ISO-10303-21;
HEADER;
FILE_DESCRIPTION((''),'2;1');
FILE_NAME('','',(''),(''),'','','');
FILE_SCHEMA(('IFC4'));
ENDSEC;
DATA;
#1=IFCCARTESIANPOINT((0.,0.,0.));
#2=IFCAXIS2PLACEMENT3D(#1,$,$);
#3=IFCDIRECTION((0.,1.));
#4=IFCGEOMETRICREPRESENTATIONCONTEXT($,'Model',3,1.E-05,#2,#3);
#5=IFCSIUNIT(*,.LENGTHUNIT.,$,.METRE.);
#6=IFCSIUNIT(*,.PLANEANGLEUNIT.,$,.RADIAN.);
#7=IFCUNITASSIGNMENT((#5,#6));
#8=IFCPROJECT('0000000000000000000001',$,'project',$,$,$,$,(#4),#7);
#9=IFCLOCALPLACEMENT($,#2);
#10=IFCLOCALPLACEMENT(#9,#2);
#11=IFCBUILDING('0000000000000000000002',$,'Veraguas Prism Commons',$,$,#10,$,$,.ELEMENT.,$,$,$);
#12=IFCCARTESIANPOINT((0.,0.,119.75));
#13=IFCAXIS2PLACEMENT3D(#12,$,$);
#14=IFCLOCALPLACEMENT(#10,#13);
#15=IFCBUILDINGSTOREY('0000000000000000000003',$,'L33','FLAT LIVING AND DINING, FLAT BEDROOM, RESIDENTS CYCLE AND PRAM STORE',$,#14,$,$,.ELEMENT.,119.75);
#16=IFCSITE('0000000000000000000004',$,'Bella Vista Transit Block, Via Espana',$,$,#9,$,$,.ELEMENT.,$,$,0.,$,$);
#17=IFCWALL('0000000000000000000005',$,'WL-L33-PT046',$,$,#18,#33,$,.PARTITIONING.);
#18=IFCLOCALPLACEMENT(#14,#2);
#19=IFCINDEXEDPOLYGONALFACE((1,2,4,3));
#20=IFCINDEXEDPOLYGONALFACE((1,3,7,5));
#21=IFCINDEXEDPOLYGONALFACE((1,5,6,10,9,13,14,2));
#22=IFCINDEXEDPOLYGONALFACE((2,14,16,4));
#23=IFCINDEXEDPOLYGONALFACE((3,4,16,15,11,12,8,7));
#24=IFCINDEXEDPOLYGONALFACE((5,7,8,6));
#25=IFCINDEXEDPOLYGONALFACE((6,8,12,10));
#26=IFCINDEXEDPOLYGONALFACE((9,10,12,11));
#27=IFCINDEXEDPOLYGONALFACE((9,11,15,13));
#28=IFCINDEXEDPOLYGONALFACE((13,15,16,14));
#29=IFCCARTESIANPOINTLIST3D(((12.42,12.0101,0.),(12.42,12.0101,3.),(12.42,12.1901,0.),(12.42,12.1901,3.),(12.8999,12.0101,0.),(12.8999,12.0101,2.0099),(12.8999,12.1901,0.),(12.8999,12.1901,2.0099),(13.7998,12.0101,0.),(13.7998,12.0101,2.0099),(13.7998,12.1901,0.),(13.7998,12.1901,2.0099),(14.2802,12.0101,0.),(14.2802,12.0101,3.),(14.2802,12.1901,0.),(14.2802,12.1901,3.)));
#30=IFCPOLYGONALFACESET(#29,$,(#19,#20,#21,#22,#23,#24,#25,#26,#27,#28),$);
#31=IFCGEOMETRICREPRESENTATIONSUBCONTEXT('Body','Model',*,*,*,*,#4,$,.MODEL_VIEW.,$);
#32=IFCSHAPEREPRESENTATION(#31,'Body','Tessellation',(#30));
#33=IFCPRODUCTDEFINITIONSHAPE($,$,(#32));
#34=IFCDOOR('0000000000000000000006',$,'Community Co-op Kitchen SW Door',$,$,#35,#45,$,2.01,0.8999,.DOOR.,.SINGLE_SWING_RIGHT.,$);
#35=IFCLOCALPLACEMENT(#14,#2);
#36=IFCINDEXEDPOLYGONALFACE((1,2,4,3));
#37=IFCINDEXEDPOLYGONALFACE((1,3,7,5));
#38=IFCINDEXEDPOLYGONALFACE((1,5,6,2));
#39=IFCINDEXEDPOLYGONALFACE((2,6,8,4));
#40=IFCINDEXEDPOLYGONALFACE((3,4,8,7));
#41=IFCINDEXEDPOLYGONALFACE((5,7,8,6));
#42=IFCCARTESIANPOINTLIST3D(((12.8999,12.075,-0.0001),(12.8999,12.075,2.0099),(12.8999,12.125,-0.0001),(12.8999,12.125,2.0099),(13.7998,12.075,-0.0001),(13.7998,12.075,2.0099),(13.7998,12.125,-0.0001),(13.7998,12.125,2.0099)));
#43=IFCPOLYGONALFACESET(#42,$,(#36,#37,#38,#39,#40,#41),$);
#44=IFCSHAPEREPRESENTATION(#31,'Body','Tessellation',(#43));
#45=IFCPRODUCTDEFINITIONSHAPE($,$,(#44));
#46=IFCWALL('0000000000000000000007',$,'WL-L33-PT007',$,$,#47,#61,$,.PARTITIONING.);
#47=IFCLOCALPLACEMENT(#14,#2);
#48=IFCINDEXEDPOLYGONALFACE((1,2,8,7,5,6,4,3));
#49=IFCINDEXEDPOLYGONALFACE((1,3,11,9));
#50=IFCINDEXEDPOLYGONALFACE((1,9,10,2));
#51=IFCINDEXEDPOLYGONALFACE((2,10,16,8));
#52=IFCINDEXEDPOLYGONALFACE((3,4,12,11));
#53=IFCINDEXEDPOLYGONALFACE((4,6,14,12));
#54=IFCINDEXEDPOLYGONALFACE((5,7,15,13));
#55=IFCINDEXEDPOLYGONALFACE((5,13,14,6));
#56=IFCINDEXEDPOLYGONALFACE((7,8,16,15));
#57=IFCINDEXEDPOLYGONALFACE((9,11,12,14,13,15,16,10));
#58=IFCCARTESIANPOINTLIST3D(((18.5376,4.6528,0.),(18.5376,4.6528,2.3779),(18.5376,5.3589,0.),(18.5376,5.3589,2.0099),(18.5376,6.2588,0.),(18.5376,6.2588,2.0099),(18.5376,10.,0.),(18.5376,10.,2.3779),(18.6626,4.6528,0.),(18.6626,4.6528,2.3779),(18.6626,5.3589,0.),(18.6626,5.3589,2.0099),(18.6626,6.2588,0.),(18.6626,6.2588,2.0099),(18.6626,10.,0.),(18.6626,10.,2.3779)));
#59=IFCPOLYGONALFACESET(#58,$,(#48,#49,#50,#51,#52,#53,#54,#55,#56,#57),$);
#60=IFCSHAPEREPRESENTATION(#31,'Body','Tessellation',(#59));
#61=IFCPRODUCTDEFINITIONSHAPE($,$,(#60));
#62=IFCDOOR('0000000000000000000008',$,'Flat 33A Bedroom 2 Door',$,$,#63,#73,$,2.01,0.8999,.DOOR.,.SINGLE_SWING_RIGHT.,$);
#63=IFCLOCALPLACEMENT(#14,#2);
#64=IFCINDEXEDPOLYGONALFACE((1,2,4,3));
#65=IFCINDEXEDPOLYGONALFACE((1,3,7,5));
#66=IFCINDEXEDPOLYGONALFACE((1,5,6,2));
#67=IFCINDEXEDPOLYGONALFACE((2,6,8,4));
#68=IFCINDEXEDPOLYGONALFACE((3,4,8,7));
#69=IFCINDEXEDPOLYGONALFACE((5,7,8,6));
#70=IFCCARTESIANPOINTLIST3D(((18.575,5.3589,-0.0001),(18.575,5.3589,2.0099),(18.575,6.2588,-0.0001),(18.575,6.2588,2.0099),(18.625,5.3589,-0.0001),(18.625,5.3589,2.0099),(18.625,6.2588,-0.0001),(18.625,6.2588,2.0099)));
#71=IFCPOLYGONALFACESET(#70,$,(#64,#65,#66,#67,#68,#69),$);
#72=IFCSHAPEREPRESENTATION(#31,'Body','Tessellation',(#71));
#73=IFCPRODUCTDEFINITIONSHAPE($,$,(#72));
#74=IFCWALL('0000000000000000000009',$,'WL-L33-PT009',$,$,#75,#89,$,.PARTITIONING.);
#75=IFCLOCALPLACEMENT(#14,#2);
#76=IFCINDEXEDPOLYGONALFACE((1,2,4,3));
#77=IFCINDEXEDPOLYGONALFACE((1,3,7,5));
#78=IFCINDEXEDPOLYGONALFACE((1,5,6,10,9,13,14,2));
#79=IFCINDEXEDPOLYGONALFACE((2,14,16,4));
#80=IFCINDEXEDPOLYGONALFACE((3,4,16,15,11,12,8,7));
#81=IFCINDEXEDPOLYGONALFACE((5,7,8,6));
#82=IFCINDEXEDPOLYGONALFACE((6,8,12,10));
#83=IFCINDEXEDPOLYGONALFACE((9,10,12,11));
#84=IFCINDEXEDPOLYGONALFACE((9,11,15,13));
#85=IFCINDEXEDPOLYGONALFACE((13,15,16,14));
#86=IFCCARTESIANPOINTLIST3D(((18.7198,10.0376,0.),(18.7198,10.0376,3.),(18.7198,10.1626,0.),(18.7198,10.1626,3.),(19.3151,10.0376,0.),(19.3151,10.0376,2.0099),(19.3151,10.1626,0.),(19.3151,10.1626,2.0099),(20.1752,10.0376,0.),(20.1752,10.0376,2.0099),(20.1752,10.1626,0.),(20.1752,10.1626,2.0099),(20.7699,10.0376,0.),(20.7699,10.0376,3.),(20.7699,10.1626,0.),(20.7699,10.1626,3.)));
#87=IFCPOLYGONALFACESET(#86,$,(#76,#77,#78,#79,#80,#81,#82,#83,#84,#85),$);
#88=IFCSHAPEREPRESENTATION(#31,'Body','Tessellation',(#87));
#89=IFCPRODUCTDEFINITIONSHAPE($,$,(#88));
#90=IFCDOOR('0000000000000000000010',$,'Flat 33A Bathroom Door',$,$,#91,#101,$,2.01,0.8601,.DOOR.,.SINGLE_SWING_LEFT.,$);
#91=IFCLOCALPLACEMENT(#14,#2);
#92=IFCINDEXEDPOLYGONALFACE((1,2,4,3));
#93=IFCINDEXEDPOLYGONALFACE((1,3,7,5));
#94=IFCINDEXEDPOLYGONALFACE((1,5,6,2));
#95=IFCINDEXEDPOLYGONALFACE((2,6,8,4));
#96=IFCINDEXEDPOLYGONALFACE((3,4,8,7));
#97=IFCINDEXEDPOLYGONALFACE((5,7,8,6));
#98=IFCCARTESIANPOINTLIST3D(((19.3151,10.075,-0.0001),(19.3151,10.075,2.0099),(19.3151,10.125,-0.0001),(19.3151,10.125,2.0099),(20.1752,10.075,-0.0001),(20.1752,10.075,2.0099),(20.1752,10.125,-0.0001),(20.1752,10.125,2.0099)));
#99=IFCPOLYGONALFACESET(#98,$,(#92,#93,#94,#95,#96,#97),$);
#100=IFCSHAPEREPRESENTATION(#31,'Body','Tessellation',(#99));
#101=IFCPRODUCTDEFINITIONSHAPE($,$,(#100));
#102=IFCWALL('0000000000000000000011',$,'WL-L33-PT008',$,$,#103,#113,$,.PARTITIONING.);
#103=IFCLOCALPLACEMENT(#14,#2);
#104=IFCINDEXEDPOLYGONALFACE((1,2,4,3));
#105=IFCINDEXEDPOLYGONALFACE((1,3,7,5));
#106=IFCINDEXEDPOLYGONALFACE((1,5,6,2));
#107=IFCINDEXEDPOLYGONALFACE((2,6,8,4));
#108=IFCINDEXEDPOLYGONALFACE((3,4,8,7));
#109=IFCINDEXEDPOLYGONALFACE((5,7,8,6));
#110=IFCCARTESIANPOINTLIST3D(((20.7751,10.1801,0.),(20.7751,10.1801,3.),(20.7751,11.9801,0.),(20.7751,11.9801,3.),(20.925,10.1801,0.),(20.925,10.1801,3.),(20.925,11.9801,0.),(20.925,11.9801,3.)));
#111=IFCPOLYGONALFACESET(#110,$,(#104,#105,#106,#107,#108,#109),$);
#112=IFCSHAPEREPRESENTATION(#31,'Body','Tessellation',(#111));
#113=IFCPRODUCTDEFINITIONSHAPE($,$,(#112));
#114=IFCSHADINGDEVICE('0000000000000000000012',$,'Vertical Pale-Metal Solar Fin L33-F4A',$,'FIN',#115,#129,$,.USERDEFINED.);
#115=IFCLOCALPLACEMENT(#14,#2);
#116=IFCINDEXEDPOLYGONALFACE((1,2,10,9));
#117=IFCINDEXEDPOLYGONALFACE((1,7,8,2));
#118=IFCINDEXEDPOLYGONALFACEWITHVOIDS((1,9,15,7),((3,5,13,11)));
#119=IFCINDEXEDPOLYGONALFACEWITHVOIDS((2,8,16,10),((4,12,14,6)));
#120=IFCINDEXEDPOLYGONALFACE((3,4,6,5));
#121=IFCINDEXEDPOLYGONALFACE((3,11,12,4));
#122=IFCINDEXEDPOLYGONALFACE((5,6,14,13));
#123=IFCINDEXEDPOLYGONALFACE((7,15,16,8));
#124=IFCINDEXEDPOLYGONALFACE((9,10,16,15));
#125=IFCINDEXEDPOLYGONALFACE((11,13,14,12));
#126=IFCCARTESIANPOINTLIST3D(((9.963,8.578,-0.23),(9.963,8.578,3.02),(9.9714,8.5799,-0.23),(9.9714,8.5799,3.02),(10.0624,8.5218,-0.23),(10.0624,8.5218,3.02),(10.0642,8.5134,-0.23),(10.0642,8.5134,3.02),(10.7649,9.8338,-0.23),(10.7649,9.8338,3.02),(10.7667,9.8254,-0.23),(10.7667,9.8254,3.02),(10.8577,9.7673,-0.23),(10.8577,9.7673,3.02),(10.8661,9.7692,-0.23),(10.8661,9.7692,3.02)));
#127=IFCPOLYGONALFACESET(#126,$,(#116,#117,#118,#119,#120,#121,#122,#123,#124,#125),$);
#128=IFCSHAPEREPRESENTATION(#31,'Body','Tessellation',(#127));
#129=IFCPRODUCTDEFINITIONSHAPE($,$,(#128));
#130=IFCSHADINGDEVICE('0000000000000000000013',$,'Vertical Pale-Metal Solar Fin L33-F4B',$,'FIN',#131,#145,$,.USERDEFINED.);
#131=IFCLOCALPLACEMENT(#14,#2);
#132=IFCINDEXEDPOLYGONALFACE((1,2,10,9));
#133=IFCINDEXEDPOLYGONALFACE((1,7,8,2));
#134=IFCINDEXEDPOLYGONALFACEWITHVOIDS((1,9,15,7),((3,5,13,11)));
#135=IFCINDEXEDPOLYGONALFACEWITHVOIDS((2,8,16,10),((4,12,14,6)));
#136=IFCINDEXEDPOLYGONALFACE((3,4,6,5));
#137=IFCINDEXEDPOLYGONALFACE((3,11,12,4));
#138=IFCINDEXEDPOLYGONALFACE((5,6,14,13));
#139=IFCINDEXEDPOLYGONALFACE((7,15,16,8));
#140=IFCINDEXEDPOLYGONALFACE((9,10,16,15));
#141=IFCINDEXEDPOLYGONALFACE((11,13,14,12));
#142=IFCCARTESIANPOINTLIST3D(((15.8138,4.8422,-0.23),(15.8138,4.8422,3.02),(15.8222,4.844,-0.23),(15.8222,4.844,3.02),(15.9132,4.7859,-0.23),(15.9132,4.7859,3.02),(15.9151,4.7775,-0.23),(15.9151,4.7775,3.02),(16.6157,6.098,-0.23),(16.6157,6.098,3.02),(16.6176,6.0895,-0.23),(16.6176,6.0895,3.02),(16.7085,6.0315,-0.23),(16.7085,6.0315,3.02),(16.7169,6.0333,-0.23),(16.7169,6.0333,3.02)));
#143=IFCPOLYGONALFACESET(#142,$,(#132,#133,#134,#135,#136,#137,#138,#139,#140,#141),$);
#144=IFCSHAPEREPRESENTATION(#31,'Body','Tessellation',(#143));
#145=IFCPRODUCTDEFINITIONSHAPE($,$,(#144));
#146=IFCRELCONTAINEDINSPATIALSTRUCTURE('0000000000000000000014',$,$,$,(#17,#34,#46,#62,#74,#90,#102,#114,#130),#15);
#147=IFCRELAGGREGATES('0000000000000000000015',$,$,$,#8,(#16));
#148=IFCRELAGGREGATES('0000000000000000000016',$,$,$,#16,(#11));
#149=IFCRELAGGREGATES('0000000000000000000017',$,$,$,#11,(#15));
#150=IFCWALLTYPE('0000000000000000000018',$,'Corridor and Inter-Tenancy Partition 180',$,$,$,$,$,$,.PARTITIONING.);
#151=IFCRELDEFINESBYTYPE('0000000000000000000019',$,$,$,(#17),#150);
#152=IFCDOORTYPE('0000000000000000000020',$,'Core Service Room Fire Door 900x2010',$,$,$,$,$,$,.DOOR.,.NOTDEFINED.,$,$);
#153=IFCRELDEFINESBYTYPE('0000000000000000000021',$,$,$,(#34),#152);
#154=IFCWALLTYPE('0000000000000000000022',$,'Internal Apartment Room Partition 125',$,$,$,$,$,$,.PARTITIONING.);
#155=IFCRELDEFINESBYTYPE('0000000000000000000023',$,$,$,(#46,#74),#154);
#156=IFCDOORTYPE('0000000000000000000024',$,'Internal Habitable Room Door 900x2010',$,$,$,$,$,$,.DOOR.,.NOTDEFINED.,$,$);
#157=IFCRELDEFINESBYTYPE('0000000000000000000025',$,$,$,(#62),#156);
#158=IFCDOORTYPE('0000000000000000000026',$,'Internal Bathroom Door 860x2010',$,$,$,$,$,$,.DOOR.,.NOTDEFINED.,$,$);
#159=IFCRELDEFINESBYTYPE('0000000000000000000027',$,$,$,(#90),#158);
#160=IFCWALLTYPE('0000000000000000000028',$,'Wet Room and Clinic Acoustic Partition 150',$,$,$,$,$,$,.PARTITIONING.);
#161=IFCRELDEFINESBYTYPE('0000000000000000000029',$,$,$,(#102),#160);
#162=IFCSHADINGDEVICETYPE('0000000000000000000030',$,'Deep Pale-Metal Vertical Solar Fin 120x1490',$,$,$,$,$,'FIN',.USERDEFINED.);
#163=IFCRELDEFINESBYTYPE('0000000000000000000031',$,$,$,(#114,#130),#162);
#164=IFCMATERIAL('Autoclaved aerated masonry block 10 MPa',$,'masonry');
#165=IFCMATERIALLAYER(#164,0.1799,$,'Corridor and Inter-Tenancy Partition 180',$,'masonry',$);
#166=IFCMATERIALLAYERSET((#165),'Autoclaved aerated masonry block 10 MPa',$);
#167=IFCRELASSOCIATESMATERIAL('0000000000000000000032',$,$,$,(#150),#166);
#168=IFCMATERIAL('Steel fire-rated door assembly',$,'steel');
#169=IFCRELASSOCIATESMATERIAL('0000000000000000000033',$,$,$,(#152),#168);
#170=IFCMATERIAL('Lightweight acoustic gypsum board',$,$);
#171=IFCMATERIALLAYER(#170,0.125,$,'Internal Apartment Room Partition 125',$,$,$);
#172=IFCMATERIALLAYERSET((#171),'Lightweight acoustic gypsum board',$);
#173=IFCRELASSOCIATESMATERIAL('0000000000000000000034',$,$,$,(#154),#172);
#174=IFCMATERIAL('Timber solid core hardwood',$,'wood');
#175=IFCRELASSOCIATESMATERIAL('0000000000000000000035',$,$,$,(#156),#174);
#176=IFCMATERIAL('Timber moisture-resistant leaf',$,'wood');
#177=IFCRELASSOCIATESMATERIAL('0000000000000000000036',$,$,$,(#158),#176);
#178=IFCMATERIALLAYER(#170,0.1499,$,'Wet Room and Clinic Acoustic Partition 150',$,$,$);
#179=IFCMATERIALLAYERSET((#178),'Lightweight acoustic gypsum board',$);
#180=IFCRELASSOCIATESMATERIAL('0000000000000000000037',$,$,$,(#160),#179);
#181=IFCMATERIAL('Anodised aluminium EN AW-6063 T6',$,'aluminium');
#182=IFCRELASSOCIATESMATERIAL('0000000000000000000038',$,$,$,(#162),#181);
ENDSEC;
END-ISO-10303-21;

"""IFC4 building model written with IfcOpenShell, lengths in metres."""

from ifc_helpers import new_model, si_unit, direction, frame, frame_2d, origin, origin_2d, place, context, subcontext, project, spatial, rectangle, hollow_rectangle, extrude, source, transform, mapped, material, layer, layer_set, material_profile, profile_set, type_object, element, fill, save


model = new_model("IFC4")

# Units and contexts
model_context = context("Model", 3, precision=1e-05, world=origin(), true_north=direction((0.0, 1.0)))
body_context = subcontext(model_context, "Body", "Model", "MODEL_VIEW")
ifc_project = project(units=[si_unit("LENGTHUNIT", "METRE"), si_unit("PLANEANGLEUNIT", "RADIAN")], contexts=[model_context])

# Site, building, storey
site_placement = place(None, origin())
site = spatial("IfcSite", under=ifc_project, at=site_placement, Name="Bella Vista Transit Block, Via Espana", CompositionType="ELEMENT", RefElevation=0.0)
building_placement = place(site_placement, origin())
building = spatial("IfcBuilding", under=site, at=building_placement, Name="Veraguas Prism Commons", CompositionType="ELEMENT")
storey_placement = place(building_placement, frame((0.0, 0.0, 119.75)))
storey = spatial("IfcBuildingStorey", under=building, at=storey_placement, Name="L33", Description="FLAT LIVING AND DINING, FLAT BEDROOM, RESIDENTS CYCLE AND PRAM STORE", CompositionType="ELEMENT", Elevation=119.75)

# Shared definitions
ifc_material_1 = material(Name="Anodised aluminium EN AW-6063 T6", Category="aluminium")

# Shared definitions
ifc_material_2 = material(Name="Autoclaved aerated masonry block 10 MPa", Category="masonry")
ifc_layer_1 = layer(ifc_material_2, 0.1799, Name="Corridor and Inter-Tenancy Partition 180", Category="masonry")
ifc_layer_set_1 = layer_set([ifc_layer_1], Name="Autoclaved aerated masonry block 10 MPa")
wall_type_1 = type_object("IfcWallType", Name="Corridor and Inter-Tenancy Partition 180", PredefinedType="PARTITIONING", material=ifc_layer_set_1)

# Walls, openings, doors
wall_1_placement = place(storey_placement, frame((12.4199, 12.1001, 0.0), z_axis=(0.0, 0.0, 1.0), x_axis=(1.0, 0.0, 0.0)))
wall_1 = element("IfcWall", 1, at=wall_1_placement, inside=storey, type_object=wall_type_1, Name="WL-L33-PT046", PredefinedType="PARTITIONING", context=body_context, shape_type="SweptSolid", body=[
    extrude(rectangle(XDim=1.8601, YDim=0.1799, at=frame_2d((0.9302, 0.0))), origin(), (0.0, 0.0, 1.0), 3.0),
])
opening_1_placement = place(wall_1_placement, frame((0.48, 0.0, 0.0)))
opening_1 = element("IfcOpeningElement", 2, at=opening_1_placement, cuts=wall_1, PredefinedType="OPENING", context=body_context, shape_type="SweptSolid", body=[
    extrude(rectangle(XDim=0.8999, YDim=2.01, at=frame_2d((0.45, 1.0049))), frame((0.0, 0.0999, 0.0), z_axis=(0.0, -1.0, 0.0), x_axis=(1.0, 0.0, 0.0)), (0.0, 0.0, 1.0), 0.2),
])
ifc_material_3 = material(Name="Steel fire-rated door assembly", Category="steel")
door_type_1 = type_object("IfcDoorType", Name="Core Service Room Fire Door 900x2010", OperationType="NOTDEFINED", PredefinedType="DOOR", material=ifc_material_3)
shared_shape_1 = source(origin(), body_context, "Body", "SweptSolid", [
    extrude(rectangle(XDim=0.8999, YDim=2.01, at=frame_2d((0.45, 1.0049))), frame((0.0, 0.0249, 0.0), z_axis=(0.0, -1.0, 0.0), x_axis=(1.0, 0.0, 0.0)), (0.0, 0.0, 1.0), 0.05),
])
door_1_placement = place(opening_1_placement, origin())
door_1 = element("IfcDoor", 3, at=door_1_placement, inside=storey, type_object=door_type_1, Name="Community Co-op Kitchen SW Door", OperationType="SINGLE_SWING_RIGHT", OverallHeight=2.01, OverallWidth=0.8999, PredefinedType="DOOR", context=body_context, shape_type="MappedRepresentation", body=[
    mapped(shared_shape_1, transform((0.0, 0.0, 0.0), scale=1.0)),
])
fill(opening_1, door_1)
ifc_material_4 = material(Name="Lightweight acoustic gypsum board")
ifc_layer_2 = layer(ifc_material_4, 0.125, Name="Internal Apartment Room Partition 125")
ifc_layer_set_2 = layer_set([ifc_layer_2], Name="Lightweight acoustic gypsum board")
wall_type_2 = type_object("IfcWallType", Name="Internal Apartment Room Partition 125", PredefinedType="PARTITIONING", material=ifc_layer_set_2)
wall_2_placement = place(storey_placement, frame((18.6001, 10.0, 0.0), z_axis=(0.0, 0.0, 1.0), x_axis=(0.0, -1.0, 0.0)))
wall_2 = element("IfcWall", 4, at=wall_2_placement, inside=storey, type_object=wall_type_2, Name="WL-L33-PT007", PredefinedType="PARTITIONING", context=body_context, shape_type="SweptSolid", body=[
    extrude(rectangle(XDim=5.3472, YDim=0.125, at=frame_2d((2.6736, 0.0))), origin(), (0.0, 0.0, 1.0), 2.3779),
])
opening_2_placement = place(wall_2_placement, frame((3.7412, 0.0, 0.0)))
opening_2 = element("IfcOpeningElement", 5, at=opening_2_placement, cuts=wall_2, PredefinedType="OPENING", context=body_context, shape_type="SweptSolid", body=[
    extrude(rectangle(XDim=0.8999, YDim=2.01, at=frame_2d((0.45, 1.0049))), frame((0.0, 0.0725, 0.0), z_axis=(0.0, -1.0, 0.0), x_axis=(1.0, 0.0, 0.0)), (0.0, 0.0, 1.0), 0.145),
])
ifc_material_5 = material(Name="Timber solid core hardwood", Category="wood")
door_type_2 = type_object("IfcDoorType", Name="Internal Habitable Room Door 900x2010", OperationType="NOTDEFINED", PredefinedType="DOOR", material=ifc_material_5)
door_2_placement = place(opening_2_placement, origin())
door_2 = element("IfcDoor", 6, at=door_2_placement, inside=storey, type_object=door_type_2, Name="Flat 33A Bedroom 2 Door", OperationType="SINGLE_SWING_RIGHT", OverallHeight=2.01, OverallWidth=0.8999, PredefinedType="DOOR", context=body_context, shape_type="MappedRepresentation", body=[
    mapped(shared_shape_1, transform((0.0, 0.0, 0.0), scale=1.0)),
])
fill(opening_2, door_2)
wall_3_placement = place(storey_placement, frame((18.72, 10.1001, 0.0), z_axis=(0.0, 0.0, 1.0), x_axis=(1.0, 0.0, 0.0)))
wall_3 = element("IfcWall", 7, at=wall_3_placement, inside=storey, type_object=wall_type_2, Name="WL-L33-PT009", PredefinedType="PARTITIONING", context=body_context, shape_type="SweptSolid", body=[
    extrude(rectangle(XDim=2.05, YDim=0.125, at=frame_2d((1.0249, 0.0))), origin(), (0.0, 0.0, 1.0), 3.0),
])
opening_3_placement = place(wall_3_placement, frame((0.595, 0.0, 0.0)))
opening_3 = element("IfcOpeningElement", 8, at=opening_3_placement, cuts=wall_3, PredefinedType="OPENING", context=body_context, shape_type="SweptSolid", body=[
    extrude(rectangle(XDim=0.8601, YDim=2.01, at=frame_2d((0.4302, 1.0049))), frame((0.0, 0.0725, 0.0), z_axis=(0.0, -1.0, 0.0), x_axis=(1.0, 0.0, 0.0)), (0.0, 0.0, 1.0), 0.145),
])
ifc_material_6 = material(Name="Timber moisture-resistant leaf", Category="wood")
door_type_3 = type_object("IfcDoorType", Name="Internal Bathroom Door 860x2010", OperationType="NOTDEFINED", PredefinedType="DOOR", material=ifc_material_6)
shared_shape_2 = source(origin(), body_context, "Body", "SweptSolid", [
    extrude(rectangle(XDim=0.8601, YDim=2.01, at=frame_2d((0.4302, 1.0049))), frame((0.0, 0.0249, 0.0), z_axis=(0.0, -1.0, 0.0), x_axis=(1.0, 0.0, 0.0)), (0.0, 0.0, 1.0), 0.05),
])
door_3_placement = place(opening_3_placement, origin())
door_3 = element("IfcDoor", 9, at=door_3_placement, inside=storey, type_object=door_type_3, Name="Flat 33A Bathroom Door", OperationType="SINGLE_SWING_LEFT", OverallHeight=2.01, OverallWidth=0.8601, PredefinedType="DOOR", context=body_context, shape_type="MappedRepresentation", body=[
    mapped(shared_shape_2, transform((0.0, 0.0, 0.0), scale=1.0)),
])
fill(opening_3, door_3)

# Wall
ifc_layer_3 = layer(ifc_material_4, 0.1499, Name="Wet Room and Clinic Acoustic Partition 150")
ifc_layer_set_3 = layer_set([ifc_layer_3], Name="Lightweight acoustic gypsum board")
wall_type_3 = type_object("IfcWallType", Name="Wet Room and Clinic Acoustic Partition 150", PredefinedType="PARTITIONING", material=ifc_layer_set_3)
wall_4_placement = place(storey_placement, frame((20.8501, 11.98, 0.0), z_axis=(0.0, 0.0, 1.0), x_axis=(0.0, -1.0, 0.0)))
element("IfcWall", 10, at=wall_4_placement, inside=storey, type_object=wall_type_3, Name="WL-L33-PT008", PredefinedType="PARTITIONING", context=body_context, shape_type="SweptSolid", body=[
    extrude(rectangle(XDim=1.8, YDim=0.1499, at=frame_2d((0.8999, 0.0))), origin(), (0.0, 0.0, 1.0), 3.0),
])

# Shading devices
ifc_material_profile_1 = material_profile(ifc_material_1, hollow_rectangle(XDim=0.1201, YDim=1.49, WallThickness=0.0061, at=origin_2d()), Name="FIN120X1490X6")
ifc_profile_set_1 = profile_set([ifc_material_profile_1], Name="Anodised aluminium EN AW-6063 T6")
shading_device_type = type_object("IfcShadingDeviceType", Name="Deep Pale-Metal Vertical Solar Fin 120x1490", ElementType="FIN", PredefinedType="USERDEFINED", material=ifc_profile_set_1)
for number, where, z_axis, x_axis, name in (
    (11, (10.4146, 9.1736, -0.23), (0.0, 0.0, 1.0), (0.842828, -0.538183, 0.0), "Vertical Pale-Metal Solar Fin L33-F4A"),
    (12, (16.2654, 5.4377, -0.23), (0.0, 0.0, 1.0), (0.842828, -0.538183, 0.0), "Vertical Pale-Metal Solar Fin L33-F4B"),
):
    element("IfcShadingDevice", number, at=place(storey_placement, frame(where, z_axis=z_axis, x_axis=x_axis)), inside=storey, type_object=shading_device_type, Name=name, ObjectType="FIN", PredefinedType="USERDEFINED", context=body_context, shape_type="SweptSolid", body=[
        extrude(hollow_rectangle(XDim=0.1201, YDim=1.49, WallThickness=0.0061, at=origin_2d()), origin(), (0.0, 0.0, 1.0), 3.25),
    ])

save(model, "model.ifc")
